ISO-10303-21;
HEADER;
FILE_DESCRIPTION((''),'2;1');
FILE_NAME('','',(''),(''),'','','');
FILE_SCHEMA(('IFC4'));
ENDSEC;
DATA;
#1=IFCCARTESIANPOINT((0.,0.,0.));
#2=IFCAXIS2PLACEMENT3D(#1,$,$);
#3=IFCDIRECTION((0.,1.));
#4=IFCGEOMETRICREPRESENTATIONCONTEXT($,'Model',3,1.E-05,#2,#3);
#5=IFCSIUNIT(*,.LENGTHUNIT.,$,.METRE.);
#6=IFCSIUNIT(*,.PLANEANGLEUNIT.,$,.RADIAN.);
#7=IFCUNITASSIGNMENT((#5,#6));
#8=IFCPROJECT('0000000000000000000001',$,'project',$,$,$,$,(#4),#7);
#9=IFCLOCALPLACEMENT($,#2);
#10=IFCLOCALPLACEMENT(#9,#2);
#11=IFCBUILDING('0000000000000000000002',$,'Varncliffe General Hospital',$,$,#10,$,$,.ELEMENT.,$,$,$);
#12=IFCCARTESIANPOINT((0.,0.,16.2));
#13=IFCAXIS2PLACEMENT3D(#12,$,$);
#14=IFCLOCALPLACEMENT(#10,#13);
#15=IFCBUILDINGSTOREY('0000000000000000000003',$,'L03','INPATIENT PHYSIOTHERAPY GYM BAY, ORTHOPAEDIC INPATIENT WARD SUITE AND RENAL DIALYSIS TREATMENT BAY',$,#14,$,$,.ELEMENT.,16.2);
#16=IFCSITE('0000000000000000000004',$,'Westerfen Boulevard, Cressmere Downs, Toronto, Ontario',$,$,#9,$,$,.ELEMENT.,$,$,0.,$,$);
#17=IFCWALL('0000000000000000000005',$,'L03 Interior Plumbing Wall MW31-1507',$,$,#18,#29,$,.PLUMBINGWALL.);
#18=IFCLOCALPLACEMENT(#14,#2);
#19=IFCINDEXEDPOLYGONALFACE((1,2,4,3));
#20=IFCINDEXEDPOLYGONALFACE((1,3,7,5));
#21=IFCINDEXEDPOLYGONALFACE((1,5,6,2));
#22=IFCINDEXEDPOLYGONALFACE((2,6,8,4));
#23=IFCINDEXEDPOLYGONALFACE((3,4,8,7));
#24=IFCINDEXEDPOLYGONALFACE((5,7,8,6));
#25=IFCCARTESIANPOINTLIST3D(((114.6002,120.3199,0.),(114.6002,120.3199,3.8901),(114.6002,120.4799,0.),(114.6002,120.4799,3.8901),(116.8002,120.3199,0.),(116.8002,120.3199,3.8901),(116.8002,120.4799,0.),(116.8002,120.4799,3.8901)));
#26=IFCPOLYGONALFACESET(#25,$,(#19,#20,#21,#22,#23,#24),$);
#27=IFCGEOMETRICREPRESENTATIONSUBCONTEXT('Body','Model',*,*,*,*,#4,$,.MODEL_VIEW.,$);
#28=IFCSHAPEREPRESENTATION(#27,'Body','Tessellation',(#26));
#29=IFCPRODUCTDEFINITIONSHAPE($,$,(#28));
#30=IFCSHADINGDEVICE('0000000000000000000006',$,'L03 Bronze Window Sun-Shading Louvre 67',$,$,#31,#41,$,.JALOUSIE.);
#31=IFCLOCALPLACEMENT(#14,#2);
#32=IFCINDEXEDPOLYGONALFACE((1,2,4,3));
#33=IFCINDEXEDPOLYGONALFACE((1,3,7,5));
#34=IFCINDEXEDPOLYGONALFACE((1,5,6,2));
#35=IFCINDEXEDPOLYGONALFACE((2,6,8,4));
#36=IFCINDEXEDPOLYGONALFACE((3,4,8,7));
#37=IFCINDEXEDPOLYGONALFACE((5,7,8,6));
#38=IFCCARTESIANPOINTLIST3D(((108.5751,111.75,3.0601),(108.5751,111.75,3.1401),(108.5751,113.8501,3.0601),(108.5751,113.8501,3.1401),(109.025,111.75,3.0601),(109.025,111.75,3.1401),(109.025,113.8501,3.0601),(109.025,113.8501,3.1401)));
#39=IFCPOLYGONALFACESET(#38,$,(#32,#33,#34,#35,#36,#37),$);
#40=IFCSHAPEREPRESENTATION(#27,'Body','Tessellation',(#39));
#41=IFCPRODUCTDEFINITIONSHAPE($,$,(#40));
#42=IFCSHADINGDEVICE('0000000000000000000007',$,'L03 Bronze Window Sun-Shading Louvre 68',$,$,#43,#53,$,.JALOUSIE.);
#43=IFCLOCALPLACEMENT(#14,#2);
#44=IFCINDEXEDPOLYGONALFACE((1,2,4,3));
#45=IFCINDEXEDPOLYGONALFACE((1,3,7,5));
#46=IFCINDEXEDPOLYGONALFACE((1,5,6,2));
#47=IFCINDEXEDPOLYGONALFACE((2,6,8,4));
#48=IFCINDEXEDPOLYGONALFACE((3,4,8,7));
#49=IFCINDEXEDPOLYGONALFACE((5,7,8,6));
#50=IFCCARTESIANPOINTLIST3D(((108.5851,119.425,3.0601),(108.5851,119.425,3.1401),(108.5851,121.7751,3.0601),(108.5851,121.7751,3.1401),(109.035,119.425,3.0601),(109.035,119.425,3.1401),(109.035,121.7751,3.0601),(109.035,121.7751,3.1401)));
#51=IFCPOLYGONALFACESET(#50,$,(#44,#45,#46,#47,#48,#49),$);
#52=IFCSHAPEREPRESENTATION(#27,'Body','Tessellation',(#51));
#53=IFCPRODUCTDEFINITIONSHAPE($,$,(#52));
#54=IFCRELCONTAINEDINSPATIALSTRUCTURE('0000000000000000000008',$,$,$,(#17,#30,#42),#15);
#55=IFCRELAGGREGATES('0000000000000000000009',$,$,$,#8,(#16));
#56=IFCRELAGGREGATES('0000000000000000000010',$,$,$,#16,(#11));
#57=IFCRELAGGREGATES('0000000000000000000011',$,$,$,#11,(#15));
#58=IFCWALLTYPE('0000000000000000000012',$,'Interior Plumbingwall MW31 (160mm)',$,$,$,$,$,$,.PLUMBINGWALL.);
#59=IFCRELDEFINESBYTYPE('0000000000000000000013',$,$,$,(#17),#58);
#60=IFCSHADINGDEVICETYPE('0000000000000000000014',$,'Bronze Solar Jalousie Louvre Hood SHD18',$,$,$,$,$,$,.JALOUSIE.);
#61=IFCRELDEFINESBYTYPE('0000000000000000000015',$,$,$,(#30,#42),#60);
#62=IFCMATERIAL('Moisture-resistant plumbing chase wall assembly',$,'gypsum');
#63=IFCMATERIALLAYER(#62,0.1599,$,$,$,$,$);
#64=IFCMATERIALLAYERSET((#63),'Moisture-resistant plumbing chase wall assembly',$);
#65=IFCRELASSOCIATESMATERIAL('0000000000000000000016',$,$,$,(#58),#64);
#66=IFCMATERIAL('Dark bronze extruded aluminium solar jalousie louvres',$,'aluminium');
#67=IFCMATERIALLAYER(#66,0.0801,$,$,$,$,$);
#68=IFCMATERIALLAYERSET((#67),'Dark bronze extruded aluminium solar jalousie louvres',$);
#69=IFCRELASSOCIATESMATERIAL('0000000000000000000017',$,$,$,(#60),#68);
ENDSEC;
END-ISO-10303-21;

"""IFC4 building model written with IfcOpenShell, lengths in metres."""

from ifc_helpers import new_model, si_unit, direction, frame, frame_2d, origin, origin_2d, place, context, subcontext, project, spatial, rectangle, extrude, material, layer, layer_set, type_object, element, save


model = new_model("IFC4")

# Units and contexts
model_context = context("Model", 3, precision=1e-05, world=origin(), true_north=direction((0.0, 1.0)))
body_context = subcontext(model_context, "Body", "Model", "MODEL_VIEW")
ifc_project = project(units=[si_unit("LENGTHUNIT", "METRE"), si_unit("PLANEANGLEUNIT", "RADIAN")], contexts=[model_context])

# Site, building, storey
site_placement = place(None, origin())
site = spatial("IfcSite", under=ifc_project, at=site_placement, Name="Westerfen Boulevard, Cressmere Downs, Toronto, Ontario", CompositionType="ELEMENT", RefElevation=0.0)
building_placement = place(site_placement, origin())
building = spatial("IfcBuilding", under=site, at=building_placement, Name="Varncliffe General Hospital", CompositionType="ELEMENT")
storey_placement = place(building_placement, frame((0.0, 0.0, 16.2)))
storey = spatial("IfcBuildingStorey", under=building, at=storey_placement, Name="L03", Description="INPATIENT PHYSIOTHERAPY GYM BAY, ORTHOPAEDIC INPATIENT WARD SUITE AND RENAL DIALYSIS TREATMENT BAY", CompositionType="ELEMENT", Elevation=16.2)

# Wall
ifc_material_1 = material(Name="Moisture-resistant plumbing chase wall assembly", Category="gypsum")
ifc_layer_1 = layer(ifc_material_1, 0.1599)
ifc_layer_set_1 = layer_set([ifc_layer_1], Name="Moisture-resistant plumbing chase wall assembly")
wall_type_1 = type_object("IfcWallType", Name="Interior Plumbingwall MW31 (160mm)", PredefinedType="PLUMBINGWALL", material=ifc_layer_set_1)
wall_1_placement = place(storey_placement, frame((114.6001, 120.3999, 0.0), z_axis=(0.0, 0.0, 1.0), x_axis=(1.0, 0.0, 0.0)))
element("IfcWall", 1, at=wall_1_placement, inside=storey, type_object=wall_type_1, Name="L03 Interior Plumbing Wall MW31-1507", PredefinedType="PLUMBINGWALL", context=body_context, shape_type="SweptSolid", body=[
    extrude(rectangle(XDim=2.2, YDim=0.1599, at=frame_2d((1.1001, 0.0))), origin(), (0.0, 0.0, 1.0), 3.8901),
])

# Shading devices
ifc_material_2 = material(Name="Dark bronze extruded aluminium solar jalousie louvres", Category="aluminium")
ifc_layer_2 = layer(ifc_material_2, 0.0801)
ifc_layer_set_2 = layer_set([ifc_layer_2], Name="Dark bronze extruded aluminium solar jalousie louvres")
shading_device_type = type_object("IfcShadingDeviceType", Name="Bronze Solar Jalousie Louvre Hood SHD18", PredefinedType="JALOUSIE", material=ifc_layer_set_2)
shading_device_1_placement = place(storey_placement, frame((108.8, 112.8, 3.0601), z_axis=(0.0, 0.0, 1.0), x_axis=(0.0, 1.0, 0.0)))
element("IfcShadingDevice", 2, at=shading_device_1_placement, inside=storey, type_object=shading_device_type, Name="L03 Bronze Window Sun-Shading Louvre 67", PredefinedType="JALOUSIE", context=body_context, shape_type="SweptSolid", body=[
    extrude(rectangle(XDim=2.1001, YDim=0.45, at=origin_2d()), origin(), (0.0, 0.0, 1.0), 0.0801),
])
shading_device_2_placement = place(storey_placement, frame((108.8101, 120.6001, 3.0601), z_axis=(0.0, 0.0, 1.0), x_axis=(0.0, 1.0, 0.0)))
element("IfcShadingDevice", 3, at=shading_device_2_placement, inside=storey, type_object=shading_device_type, Name="L03 Bronze Window Sun-Shading Louvre 68", PredefinedType="JALOUSIE", context=body_context, shape_type="SweptSolid", body=[
    extrude(rectangle(XDim=2.3501, YDim=0.45, at=origin_2d()), origin(), (0.0, 0.0, 1.0), 0.0801),
])

save(model, "model.ifc")
